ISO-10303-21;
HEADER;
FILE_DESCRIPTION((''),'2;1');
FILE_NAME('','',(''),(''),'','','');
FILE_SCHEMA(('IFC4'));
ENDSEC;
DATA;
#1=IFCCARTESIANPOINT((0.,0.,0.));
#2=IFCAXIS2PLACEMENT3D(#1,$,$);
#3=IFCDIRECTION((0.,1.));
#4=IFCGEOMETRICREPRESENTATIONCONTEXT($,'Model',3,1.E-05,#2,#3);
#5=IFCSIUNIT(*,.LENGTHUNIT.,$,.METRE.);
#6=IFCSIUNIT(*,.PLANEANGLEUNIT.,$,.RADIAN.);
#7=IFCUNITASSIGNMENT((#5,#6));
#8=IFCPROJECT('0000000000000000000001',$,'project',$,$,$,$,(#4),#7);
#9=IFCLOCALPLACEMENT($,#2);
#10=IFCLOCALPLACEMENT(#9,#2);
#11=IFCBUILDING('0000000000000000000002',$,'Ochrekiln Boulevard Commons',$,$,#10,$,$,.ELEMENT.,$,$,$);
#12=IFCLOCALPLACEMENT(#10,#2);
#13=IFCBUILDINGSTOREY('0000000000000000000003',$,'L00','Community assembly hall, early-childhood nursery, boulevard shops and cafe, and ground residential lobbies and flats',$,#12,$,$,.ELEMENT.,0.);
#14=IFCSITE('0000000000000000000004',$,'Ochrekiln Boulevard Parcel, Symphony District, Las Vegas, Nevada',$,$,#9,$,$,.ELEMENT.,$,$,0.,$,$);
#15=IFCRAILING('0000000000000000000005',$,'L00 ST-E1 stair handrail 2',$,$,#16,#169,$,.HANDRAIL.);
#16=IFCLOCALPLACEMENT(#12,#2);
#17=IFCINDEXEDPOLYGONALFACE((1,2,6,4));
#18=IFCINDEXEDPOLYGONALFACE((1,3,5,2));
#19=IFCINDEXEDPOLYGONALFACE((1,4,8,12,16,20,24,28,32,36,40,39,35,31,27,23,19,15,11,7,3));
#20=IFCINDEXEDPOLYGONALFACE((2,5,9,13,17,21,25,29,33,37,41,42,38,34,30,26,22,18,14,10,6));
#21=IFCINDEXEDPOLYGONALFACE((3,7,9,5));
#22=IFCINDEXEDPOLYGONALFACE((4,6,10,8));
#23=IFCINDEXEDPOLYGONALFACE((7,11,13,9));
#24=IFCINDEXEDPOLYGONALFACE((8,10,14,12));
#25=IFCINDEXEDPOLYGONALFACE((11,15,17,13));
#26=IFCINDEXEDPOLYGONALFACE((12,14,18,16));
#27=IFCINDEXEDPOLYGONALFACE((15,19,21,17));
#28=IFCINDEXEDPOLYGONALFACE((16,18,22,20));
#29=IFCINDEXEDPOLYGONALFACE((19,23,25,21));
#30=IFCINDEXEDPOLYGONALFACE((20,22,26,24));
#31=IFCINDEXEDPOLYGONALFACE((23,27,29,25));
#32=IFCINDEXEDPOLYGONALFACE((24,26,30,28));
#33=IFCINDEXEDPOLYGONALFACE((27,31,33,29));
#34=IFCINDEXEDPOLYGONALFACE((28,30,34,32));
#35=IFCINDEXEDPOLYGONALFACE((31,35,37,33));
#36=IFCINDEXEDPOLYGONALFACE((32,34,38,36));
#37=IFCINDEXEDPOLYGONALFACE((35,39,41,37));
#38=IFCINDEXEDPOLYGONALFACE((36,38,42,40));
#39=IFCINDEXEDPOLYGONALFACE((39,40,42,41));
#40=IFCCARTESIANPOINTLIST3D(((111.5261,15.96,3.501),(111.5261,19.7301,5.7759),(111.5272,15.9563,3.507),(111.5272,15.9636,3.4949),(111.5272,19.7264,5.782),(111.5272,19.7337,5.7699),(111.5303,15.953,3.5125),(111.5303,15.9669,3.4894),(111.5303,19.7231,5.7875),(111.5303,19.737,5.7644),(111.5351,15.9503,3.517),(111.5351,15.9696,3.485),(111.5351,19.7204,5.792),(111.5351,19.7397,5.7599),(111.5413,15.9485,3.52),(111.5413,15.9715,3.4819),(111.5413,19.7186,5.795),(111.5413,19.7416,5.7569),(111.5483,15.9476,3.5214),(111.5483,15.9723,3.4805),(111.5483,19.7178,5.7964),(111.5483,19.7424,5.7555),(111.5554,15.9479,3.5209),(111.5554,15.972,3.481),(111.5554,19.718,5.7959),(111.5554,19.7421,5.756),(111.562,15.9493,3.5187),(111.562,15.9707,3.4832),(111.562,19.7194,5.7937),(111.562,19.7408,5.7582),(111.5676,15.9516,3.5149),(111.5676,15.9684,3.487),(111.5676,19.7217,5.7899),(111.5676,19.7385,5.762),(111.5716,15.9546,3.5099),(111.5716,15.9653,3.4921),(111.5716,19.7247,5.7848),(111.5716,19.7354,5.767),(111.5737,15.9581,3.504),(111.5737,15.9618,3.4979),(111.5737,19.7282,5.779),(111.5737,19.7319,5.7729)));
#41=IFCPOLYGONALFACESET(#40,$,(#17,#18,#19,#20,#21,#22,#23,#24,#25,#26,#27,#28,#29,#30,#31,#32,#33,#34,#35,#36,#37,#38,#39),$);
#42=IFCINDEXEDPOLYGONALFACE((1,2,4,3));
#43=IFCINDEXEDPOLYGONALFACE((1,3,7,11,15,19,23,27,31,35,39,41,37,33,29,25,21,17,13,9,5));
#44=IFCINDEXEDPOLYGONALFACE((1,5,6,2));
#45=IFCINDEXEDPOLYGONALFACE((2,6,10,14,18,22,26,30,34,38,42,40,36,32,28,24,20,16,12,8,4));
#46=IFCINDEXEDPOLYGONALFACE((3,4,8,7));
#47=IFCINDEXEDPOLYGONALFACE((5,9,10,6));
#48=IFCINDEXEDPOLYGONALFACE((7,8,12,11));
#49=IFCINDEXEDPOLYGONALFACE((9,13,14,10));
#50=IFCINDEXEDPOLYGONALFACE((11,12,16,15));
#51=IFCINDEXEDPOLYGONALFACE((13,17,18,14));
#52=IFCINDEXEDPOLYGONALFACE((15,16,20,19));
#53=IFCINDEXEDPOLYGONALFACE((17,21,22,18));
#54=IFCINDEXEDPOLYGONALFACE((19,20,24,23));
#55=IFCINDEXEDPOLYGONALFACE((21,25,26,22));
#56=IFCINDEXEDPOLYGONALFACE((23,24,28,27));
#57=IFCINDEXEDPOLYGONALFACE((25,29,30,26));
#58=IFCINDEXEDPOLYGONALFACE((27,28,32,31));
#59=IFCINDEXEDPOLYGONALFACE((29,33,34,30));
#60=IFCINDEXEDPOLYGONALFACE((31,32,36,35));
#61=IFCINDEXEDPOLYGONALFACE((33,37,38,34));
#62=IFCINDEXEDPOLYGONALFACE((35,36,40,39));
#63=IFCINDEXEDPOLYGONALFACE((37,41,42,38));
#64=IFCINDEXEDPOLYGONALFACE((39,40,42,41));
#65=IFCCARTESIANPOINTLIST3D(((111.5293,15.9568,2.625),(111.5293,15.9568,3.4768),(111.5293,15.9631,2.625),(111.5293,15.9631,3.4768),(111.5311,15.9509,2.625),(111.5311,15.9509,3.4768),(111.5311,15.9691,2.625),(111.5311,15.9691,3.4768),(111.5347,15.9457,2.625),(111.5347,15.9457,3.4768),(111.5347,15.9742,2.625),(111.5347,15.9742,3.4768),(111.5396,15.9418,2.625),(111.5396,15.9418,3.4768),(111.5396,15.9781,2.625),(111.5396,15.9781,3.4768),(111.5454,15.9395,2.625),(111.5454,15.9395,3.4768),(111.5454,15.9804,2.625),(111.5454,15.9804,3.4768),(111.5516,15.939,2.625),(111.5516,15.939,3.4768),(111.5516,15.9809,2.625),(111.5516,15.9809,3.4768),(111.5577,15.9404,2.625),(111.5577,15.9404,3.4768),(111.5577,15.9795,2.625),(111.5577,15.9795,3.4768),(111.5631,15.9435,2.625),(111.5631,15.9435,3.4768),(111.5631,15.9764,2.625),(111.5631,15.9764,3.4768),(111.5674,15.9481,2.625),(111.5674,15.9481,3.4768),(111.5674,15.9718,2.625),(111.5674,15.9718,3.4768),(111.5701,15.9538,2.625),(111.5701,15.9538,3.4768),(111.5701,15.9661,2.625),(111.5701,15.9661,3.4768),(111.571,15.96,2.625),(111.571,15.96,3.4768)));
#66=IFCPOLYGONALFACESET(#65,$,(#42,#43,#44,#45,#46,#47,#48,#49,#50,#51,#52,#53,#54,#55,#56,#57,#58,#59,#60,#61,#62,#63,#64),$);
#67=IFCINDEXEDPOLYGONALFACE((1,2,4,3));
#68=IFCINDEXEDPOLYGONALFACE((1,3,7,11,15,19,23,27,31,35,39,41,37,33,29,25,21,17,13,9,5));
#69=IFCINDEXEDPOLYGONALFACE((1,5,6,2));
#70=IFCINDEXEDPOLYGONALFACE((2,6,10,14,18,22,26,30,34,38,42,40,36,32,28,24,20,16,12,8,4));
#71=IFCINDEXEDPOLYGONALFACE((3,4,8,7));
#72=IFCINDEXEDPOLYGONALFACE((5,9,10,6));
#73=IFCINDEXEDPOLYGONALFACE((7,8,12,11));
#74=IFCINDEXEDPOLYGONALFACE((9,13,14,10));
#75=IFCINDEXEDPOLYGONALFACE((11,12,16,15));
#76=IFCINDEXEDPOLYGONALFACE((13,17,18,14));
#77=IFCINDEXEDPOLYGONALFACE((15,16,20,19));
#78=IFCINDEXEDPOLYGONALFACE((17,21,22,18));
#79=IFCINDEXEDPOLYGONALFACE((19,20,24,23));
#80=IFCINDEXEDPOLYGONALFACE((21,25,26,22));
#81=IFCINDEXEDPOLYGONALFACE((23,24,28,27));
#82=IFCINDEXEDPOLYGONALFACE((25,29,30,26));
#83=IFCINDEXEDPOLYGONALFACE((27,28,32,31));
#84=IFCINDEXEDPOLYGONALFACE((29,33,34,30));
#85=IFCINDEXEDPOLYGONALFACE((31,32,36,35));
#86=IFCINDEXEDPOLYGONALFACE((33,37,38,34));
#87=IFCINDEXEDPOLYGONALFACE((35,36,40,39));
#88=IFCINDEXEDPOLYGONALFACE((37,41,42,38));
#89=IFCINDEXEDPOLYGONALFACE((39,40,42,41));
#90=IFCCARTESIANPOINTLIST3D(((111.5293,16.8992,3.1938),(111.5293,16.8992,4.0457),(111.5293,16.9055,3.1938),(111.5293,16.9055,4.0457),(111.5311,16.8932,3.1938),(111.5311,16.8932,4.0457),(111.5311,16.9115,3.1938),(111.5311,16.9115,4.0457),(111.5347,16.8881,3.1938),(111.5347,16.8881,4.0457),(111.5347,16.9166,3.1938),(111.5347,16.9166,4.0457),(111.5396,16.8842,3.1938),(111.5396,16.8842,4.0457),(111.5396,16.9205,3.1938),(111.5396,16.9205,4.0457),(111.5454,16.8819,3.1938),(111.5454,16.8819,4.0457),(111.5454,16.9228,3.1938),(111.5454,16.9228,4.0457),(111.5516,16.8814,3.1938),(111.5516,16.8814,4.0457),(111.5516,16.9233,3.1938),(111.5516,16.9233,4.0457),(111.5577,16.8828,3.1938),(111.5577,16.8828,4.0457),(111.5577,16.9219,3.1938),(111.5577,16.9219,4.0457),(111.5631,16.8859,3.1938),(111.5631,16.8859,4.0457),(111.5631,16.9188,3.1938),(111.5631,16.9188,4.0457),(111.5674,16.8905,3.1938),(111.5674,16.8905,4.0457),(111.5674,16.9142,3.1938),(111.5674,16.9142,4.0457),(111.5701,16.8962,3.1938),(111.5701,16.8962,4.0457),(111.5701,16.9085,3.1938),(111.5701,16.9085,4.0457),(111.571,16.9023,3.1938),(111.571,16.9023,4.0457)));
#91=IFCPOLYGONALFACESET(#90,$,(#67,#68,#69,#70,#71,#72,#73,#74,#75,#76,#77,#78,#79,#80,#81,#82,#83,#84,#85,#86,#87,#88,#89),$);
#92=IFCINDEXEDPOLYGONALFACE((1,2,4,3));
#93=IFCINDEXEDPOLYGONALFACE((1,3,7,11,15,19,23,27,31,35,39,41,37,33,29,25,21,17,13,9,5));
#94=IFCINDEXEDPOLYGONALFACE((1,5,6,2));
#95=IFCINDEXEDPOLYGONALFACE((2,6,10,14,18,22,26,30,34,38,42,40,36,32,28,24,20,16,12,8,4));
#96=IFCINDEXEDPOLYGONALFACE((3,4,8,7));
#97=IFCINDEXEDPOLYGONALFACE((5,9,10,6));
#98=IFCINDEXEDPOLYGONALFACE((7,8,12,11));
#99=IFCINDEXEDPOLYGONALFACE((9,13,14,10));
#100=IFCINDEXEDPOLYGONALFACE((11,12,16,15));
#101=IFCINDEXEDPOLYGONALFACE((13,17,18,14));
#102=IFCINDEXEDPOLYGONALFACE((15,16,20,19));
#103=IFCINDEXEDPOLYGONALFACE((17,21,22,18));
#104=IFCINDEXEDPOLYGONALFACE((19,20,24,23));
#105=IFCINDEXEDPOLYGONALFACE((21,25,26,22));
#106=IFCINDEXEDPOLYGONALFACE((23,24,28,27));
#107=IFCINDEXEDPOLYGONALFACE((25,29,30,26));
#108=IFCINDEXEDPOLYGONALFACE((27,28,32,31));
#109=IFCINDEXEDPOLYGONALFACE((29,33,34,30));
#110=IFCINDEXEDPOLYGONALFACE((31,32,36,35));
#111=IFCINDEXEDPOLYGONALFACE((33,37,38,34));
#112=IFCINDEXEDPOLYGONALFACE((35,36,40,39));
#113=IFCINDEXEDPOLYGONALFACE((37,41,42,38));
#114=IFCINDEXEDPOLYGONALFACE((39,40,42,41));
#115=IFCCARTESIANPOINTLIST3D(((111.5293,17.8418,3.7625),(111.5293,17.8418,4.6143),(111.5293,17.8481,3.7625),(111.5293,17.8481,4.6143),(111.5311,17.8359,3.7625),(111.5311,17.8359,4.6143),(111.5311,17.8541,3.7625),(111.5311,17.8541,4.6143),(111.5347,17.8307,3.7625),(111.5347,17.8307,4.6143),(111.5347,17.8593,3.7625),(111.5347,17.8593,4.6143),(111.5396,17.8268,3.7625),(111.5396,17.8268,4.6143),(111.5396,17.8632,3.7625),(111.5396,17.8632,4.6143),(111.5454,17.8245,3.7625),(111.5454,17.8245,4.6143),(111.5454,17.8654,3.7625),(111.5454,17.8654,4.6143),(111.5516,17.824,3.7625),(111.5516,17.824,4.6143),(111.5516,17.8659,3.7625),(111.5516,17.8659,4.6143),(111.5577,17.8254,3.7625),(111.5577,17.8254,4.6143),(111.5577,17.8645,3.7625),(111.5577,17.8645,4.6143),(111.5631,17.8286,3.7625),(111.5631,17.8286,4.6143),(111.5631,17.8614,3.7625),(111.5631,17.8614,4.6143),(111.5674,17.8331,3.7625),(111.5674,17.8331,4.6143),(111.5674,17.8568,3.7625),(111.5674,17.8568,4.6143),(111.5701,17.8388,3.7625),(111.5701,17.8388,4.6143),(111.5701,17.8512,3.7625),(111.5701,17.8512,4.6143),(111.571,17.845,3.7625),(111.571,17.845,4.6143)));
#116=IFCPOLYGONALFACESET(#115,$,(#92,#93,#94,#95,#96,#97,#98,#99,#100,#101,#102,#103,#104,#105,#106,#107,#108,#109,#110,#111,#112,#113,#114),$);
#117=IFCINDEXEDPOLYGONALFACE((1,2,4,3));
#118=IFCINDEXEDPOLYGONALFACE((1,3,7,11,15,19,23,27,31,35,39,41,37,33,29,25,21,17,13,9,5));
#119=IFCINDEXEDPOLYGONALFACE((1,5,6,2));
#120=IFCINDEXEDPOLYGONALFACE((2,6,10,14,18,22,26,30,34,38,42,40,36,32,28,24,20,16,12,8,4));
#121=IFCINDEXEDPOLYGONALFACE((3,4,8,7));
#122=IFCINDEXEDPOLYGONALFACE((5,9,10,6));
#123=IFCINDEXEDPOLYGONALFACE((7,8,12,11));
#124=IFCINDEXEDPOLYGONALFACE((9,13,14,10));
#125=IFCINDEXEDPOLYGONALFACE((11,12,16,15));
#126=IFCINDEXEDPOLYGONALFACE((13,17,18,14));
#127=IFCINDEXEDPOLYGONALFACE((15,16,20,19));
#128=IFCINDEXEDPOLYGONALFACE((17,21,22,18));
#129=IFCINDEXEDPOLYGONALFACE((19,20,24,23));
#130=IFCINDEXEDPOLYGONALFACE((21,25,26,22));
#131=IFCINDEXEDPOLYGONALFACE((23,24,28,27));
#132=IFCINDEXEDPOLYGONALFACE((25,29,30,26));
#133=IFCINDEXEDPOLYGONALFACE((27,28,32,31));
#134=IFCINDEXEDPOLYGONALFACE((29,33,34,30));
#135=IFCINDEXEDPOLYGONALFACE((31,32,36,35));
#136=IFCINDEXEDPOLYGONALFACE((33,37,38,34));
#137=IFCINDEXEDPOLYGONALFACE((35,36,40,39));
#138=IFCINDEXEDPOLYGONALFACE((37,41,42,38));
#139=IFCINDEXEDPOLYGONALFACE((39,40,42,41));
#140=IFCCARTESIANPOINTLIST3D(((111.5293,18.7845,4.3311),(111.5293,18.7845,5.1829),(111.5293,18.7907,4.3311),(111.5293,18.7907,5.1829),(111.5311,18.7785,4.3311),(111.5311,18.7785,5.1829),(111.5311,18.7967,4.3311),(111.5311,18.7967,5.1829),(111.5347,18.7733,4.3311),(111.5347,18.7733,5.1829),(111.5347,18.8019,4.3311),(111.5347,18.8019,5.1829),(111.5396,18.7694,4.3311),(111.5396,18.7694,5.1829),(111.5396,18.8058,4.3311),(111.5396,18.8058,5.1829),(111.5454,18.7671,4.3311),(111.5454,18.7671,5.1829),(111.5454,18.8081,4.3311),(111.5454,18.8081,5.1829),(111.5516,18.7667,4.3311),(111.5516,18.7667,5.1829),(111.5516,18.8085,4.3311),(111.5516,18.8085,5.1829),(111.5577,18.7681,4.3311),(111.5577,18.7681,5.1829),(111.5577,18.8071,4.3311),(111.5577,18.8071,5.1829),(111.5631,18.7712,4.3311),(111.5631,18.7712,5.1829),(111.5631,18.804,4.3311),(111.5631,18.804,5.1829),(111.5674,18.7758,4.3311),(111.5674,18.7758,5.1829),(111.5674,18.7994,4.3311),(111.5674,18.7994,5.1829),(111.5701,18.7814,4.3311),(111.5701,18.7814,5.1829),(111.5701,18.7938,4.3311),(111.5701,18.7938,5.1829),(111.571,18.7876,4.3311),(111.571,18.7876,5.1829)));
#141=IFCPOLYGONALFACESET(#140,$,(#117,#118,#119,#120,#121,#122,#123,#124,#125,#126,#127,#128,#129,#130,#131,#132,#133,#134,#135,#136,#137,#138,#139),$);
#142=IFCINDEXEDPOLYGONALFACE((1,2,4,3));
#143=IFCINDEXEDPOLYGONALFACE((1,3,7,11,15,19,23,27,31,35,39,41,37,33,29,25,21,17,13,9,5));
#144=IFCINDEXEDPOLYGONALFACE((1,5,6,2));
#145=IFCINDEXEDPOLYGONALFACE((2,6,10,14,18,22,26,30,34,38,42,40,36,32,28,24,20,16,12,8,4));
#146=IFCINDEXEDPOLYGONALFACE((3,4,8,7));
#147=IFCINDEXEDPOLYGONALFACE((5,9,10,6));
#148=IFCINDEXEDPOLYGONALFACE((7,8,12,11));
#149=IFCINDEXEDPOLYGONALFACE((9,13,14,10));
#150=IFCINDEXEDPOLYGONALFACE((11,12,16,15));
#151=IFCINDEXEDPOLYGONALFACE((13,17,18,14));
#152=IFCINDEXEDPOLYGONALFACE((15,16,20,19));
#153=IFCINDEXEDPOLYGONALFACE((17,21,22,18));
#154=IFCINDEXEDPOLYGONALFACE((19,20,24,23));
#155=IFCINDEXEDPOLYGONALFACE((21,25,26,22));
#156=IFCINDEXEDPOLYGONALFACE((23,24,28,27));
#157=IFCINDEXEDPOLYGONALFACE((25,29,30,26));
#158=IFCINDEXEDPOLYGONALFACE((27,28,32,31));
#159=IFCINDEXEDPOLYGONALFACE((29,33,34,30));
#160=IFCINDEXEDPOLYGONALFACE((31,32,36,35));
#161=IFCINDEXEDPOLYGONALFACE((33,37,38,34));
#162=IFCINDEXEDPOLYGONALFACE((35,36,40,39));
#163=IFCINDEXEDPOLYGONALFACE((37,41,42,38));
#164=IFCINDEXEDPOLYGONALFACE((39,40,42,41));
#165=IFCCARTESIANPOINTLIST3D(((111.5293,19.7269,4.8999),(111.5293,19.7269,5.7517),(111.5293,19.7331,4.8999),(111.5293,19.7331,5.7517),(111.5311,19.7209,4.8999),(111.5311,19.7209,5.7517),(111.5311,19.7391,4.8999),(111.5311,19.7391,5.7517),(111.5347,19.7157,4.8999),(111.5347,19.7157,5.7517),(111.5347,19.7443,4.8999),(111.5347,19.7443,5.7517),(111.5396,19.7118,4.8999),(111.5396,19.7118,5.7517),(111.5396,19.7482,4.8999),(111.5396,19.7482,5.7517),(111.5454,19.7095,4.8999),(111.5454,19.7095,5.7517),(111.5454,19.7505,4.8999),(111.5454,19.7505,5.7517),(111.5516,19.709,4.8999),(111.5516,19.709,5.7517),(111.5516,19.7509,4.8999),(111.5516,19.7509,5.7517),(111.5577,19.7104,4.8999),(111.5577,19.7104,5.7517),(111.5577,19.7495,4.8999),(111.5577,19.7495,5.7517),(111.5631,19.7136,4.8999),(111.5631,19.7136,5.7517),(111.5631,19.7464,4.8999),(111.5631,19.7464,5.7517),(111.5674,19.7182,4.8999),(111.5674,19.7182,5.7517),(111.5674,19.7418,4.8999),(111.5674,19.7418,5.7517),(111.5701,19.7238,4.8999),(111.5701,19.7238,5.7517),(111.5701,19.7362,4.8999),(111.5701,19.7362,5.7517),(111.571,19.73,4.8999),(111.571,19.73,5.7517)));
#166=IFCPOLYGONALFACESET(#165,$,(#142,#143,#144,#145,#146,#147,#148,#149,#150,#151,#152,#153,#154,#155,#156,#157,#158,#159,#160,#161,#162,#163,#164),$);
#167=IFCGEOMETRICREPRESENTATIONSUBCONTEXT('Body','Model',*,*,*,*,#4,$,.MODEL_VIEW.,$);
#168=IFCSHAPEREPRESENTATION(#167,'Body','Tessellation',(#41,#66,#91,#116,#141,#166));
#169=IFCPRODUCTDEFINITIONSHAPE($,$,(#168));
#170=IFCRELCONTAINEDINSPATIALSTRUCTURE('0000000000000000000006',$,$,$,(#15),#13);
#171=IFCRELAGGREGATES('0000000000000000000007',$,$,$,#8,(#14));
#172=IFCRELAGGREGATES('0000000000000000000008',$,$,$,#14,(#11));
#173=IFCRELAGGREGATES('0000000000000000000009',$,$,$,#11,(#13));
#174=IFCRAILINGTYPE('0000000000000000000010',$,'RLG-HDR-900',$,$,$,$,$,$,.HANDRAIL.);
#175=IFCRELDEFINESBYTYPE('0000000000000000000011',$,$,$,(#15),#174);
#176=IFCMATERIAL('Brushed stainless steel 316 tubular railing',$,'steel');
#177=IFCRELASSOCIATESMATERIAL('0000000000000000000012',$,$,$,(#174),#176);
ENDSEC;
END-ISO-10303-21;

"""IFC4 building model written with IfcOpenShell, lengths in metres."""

from ifc_helpers import new_model, si_unit, direction, frame, origin, origin_2d, place, context, subcontext, project, spatial, circle, extrude, material, type_object, element, save


model = new_model("IFC4")

# Units and contexts
model_context = context("Model", 3, precision=1e-05, world=origin(), true_north=direction((0.0, 1.0)))
body_context = subcontext(model_context, "Body", "Model", "MODEL_VIEW")
ifc_project = project(units=[si_unit("LENGTHUNIT", "METRE"), si_unit("PLANEANGLEUNIT", "RADIAN")], contexts=[model_context])

# Site, building, storey
site_placement = place(None, origin())
site = spatial("IfcSite", under=ifc_project, at=site_placement, Name="Ochrekiln Boulevard Parcel, Symphony District, Las Vegas, Nevada", CompositionType="ELEMENT", RefElevation=0.0)
building_placement = place(site_placement, origin())
building = spatial("IfcBuilding", under=site, at=building_placement, Name="Ochrekiln Boulevard Commons", CompositionType="ELEMENT")
storey_placement = place(building_placement, origin())
storey = spatial("IfcBuildingStorey", under=building, at=storey_placement, Name="L00", Description="Community assembly hall, early-childhood nursery, boulevard shops and cafe, and ground residential lobbies and flats", CompositionType="ELEMENT", Elevation=0.0)

# Railing
ifc_material_1 = material(Name="Brushed stainless steel 316 tubular railing", Category="steel")
railing_type_1 = type_object("IfcRailingType", Name="RLG-HDR-900", PredefinedType="HANDRAIL", material=ifc_material_1)
railing_1_placement = place(storey_placement, frame((111.55, 15.96, 2.625)))
element("IfcRailing", 1, at=railing_1_placement, inside=storey, type_object=railing_type_1, Name="L00 ST-E1 stair handrail 2", PredefinedType="HANDRAIL", context=body_context, shape_type="SweptSolid", body=[
    extrude(circle(Radius=0.0239, at=origin_2d()), frame((0.0, 0.0, 0.876), z_axis=(0.0, 0.856199, 0.516647), x_axis=(-1.0, 0.0, 0.0)), (0.0, 0.0, 1.0), 4.4033),
    extrude(circle(Radius=0.021, at=origin_2d()), origin(), (0.0, 0.0, 1.0), 0.8518),
    extrude(circle(Radius=0.021, at=origin_2d()), frame((0.0, 0.9424, 0.5688)), (0.0, 0.0, 1.0), 0.8518),
    extrude(circle(Radius=0.021, at=origin_2d()), frame((0.0, 1.885, 1.1375)), (0.0, 0.0, 1.0), 0.8518),
    extrude(circle(Radius=0.021, at=origin_2d()), frame((0.0, 2.8276, 1.7061)), (0.0, 0.0, 1.0), 0.8518),
    extrude(circle(Radius=0.021, at=origin_2d()), frame((0.0, 3.77, 2.2749)), (0.0, 0.0, 1.0), 0.8518),
])

save(model, "model.ifc")
